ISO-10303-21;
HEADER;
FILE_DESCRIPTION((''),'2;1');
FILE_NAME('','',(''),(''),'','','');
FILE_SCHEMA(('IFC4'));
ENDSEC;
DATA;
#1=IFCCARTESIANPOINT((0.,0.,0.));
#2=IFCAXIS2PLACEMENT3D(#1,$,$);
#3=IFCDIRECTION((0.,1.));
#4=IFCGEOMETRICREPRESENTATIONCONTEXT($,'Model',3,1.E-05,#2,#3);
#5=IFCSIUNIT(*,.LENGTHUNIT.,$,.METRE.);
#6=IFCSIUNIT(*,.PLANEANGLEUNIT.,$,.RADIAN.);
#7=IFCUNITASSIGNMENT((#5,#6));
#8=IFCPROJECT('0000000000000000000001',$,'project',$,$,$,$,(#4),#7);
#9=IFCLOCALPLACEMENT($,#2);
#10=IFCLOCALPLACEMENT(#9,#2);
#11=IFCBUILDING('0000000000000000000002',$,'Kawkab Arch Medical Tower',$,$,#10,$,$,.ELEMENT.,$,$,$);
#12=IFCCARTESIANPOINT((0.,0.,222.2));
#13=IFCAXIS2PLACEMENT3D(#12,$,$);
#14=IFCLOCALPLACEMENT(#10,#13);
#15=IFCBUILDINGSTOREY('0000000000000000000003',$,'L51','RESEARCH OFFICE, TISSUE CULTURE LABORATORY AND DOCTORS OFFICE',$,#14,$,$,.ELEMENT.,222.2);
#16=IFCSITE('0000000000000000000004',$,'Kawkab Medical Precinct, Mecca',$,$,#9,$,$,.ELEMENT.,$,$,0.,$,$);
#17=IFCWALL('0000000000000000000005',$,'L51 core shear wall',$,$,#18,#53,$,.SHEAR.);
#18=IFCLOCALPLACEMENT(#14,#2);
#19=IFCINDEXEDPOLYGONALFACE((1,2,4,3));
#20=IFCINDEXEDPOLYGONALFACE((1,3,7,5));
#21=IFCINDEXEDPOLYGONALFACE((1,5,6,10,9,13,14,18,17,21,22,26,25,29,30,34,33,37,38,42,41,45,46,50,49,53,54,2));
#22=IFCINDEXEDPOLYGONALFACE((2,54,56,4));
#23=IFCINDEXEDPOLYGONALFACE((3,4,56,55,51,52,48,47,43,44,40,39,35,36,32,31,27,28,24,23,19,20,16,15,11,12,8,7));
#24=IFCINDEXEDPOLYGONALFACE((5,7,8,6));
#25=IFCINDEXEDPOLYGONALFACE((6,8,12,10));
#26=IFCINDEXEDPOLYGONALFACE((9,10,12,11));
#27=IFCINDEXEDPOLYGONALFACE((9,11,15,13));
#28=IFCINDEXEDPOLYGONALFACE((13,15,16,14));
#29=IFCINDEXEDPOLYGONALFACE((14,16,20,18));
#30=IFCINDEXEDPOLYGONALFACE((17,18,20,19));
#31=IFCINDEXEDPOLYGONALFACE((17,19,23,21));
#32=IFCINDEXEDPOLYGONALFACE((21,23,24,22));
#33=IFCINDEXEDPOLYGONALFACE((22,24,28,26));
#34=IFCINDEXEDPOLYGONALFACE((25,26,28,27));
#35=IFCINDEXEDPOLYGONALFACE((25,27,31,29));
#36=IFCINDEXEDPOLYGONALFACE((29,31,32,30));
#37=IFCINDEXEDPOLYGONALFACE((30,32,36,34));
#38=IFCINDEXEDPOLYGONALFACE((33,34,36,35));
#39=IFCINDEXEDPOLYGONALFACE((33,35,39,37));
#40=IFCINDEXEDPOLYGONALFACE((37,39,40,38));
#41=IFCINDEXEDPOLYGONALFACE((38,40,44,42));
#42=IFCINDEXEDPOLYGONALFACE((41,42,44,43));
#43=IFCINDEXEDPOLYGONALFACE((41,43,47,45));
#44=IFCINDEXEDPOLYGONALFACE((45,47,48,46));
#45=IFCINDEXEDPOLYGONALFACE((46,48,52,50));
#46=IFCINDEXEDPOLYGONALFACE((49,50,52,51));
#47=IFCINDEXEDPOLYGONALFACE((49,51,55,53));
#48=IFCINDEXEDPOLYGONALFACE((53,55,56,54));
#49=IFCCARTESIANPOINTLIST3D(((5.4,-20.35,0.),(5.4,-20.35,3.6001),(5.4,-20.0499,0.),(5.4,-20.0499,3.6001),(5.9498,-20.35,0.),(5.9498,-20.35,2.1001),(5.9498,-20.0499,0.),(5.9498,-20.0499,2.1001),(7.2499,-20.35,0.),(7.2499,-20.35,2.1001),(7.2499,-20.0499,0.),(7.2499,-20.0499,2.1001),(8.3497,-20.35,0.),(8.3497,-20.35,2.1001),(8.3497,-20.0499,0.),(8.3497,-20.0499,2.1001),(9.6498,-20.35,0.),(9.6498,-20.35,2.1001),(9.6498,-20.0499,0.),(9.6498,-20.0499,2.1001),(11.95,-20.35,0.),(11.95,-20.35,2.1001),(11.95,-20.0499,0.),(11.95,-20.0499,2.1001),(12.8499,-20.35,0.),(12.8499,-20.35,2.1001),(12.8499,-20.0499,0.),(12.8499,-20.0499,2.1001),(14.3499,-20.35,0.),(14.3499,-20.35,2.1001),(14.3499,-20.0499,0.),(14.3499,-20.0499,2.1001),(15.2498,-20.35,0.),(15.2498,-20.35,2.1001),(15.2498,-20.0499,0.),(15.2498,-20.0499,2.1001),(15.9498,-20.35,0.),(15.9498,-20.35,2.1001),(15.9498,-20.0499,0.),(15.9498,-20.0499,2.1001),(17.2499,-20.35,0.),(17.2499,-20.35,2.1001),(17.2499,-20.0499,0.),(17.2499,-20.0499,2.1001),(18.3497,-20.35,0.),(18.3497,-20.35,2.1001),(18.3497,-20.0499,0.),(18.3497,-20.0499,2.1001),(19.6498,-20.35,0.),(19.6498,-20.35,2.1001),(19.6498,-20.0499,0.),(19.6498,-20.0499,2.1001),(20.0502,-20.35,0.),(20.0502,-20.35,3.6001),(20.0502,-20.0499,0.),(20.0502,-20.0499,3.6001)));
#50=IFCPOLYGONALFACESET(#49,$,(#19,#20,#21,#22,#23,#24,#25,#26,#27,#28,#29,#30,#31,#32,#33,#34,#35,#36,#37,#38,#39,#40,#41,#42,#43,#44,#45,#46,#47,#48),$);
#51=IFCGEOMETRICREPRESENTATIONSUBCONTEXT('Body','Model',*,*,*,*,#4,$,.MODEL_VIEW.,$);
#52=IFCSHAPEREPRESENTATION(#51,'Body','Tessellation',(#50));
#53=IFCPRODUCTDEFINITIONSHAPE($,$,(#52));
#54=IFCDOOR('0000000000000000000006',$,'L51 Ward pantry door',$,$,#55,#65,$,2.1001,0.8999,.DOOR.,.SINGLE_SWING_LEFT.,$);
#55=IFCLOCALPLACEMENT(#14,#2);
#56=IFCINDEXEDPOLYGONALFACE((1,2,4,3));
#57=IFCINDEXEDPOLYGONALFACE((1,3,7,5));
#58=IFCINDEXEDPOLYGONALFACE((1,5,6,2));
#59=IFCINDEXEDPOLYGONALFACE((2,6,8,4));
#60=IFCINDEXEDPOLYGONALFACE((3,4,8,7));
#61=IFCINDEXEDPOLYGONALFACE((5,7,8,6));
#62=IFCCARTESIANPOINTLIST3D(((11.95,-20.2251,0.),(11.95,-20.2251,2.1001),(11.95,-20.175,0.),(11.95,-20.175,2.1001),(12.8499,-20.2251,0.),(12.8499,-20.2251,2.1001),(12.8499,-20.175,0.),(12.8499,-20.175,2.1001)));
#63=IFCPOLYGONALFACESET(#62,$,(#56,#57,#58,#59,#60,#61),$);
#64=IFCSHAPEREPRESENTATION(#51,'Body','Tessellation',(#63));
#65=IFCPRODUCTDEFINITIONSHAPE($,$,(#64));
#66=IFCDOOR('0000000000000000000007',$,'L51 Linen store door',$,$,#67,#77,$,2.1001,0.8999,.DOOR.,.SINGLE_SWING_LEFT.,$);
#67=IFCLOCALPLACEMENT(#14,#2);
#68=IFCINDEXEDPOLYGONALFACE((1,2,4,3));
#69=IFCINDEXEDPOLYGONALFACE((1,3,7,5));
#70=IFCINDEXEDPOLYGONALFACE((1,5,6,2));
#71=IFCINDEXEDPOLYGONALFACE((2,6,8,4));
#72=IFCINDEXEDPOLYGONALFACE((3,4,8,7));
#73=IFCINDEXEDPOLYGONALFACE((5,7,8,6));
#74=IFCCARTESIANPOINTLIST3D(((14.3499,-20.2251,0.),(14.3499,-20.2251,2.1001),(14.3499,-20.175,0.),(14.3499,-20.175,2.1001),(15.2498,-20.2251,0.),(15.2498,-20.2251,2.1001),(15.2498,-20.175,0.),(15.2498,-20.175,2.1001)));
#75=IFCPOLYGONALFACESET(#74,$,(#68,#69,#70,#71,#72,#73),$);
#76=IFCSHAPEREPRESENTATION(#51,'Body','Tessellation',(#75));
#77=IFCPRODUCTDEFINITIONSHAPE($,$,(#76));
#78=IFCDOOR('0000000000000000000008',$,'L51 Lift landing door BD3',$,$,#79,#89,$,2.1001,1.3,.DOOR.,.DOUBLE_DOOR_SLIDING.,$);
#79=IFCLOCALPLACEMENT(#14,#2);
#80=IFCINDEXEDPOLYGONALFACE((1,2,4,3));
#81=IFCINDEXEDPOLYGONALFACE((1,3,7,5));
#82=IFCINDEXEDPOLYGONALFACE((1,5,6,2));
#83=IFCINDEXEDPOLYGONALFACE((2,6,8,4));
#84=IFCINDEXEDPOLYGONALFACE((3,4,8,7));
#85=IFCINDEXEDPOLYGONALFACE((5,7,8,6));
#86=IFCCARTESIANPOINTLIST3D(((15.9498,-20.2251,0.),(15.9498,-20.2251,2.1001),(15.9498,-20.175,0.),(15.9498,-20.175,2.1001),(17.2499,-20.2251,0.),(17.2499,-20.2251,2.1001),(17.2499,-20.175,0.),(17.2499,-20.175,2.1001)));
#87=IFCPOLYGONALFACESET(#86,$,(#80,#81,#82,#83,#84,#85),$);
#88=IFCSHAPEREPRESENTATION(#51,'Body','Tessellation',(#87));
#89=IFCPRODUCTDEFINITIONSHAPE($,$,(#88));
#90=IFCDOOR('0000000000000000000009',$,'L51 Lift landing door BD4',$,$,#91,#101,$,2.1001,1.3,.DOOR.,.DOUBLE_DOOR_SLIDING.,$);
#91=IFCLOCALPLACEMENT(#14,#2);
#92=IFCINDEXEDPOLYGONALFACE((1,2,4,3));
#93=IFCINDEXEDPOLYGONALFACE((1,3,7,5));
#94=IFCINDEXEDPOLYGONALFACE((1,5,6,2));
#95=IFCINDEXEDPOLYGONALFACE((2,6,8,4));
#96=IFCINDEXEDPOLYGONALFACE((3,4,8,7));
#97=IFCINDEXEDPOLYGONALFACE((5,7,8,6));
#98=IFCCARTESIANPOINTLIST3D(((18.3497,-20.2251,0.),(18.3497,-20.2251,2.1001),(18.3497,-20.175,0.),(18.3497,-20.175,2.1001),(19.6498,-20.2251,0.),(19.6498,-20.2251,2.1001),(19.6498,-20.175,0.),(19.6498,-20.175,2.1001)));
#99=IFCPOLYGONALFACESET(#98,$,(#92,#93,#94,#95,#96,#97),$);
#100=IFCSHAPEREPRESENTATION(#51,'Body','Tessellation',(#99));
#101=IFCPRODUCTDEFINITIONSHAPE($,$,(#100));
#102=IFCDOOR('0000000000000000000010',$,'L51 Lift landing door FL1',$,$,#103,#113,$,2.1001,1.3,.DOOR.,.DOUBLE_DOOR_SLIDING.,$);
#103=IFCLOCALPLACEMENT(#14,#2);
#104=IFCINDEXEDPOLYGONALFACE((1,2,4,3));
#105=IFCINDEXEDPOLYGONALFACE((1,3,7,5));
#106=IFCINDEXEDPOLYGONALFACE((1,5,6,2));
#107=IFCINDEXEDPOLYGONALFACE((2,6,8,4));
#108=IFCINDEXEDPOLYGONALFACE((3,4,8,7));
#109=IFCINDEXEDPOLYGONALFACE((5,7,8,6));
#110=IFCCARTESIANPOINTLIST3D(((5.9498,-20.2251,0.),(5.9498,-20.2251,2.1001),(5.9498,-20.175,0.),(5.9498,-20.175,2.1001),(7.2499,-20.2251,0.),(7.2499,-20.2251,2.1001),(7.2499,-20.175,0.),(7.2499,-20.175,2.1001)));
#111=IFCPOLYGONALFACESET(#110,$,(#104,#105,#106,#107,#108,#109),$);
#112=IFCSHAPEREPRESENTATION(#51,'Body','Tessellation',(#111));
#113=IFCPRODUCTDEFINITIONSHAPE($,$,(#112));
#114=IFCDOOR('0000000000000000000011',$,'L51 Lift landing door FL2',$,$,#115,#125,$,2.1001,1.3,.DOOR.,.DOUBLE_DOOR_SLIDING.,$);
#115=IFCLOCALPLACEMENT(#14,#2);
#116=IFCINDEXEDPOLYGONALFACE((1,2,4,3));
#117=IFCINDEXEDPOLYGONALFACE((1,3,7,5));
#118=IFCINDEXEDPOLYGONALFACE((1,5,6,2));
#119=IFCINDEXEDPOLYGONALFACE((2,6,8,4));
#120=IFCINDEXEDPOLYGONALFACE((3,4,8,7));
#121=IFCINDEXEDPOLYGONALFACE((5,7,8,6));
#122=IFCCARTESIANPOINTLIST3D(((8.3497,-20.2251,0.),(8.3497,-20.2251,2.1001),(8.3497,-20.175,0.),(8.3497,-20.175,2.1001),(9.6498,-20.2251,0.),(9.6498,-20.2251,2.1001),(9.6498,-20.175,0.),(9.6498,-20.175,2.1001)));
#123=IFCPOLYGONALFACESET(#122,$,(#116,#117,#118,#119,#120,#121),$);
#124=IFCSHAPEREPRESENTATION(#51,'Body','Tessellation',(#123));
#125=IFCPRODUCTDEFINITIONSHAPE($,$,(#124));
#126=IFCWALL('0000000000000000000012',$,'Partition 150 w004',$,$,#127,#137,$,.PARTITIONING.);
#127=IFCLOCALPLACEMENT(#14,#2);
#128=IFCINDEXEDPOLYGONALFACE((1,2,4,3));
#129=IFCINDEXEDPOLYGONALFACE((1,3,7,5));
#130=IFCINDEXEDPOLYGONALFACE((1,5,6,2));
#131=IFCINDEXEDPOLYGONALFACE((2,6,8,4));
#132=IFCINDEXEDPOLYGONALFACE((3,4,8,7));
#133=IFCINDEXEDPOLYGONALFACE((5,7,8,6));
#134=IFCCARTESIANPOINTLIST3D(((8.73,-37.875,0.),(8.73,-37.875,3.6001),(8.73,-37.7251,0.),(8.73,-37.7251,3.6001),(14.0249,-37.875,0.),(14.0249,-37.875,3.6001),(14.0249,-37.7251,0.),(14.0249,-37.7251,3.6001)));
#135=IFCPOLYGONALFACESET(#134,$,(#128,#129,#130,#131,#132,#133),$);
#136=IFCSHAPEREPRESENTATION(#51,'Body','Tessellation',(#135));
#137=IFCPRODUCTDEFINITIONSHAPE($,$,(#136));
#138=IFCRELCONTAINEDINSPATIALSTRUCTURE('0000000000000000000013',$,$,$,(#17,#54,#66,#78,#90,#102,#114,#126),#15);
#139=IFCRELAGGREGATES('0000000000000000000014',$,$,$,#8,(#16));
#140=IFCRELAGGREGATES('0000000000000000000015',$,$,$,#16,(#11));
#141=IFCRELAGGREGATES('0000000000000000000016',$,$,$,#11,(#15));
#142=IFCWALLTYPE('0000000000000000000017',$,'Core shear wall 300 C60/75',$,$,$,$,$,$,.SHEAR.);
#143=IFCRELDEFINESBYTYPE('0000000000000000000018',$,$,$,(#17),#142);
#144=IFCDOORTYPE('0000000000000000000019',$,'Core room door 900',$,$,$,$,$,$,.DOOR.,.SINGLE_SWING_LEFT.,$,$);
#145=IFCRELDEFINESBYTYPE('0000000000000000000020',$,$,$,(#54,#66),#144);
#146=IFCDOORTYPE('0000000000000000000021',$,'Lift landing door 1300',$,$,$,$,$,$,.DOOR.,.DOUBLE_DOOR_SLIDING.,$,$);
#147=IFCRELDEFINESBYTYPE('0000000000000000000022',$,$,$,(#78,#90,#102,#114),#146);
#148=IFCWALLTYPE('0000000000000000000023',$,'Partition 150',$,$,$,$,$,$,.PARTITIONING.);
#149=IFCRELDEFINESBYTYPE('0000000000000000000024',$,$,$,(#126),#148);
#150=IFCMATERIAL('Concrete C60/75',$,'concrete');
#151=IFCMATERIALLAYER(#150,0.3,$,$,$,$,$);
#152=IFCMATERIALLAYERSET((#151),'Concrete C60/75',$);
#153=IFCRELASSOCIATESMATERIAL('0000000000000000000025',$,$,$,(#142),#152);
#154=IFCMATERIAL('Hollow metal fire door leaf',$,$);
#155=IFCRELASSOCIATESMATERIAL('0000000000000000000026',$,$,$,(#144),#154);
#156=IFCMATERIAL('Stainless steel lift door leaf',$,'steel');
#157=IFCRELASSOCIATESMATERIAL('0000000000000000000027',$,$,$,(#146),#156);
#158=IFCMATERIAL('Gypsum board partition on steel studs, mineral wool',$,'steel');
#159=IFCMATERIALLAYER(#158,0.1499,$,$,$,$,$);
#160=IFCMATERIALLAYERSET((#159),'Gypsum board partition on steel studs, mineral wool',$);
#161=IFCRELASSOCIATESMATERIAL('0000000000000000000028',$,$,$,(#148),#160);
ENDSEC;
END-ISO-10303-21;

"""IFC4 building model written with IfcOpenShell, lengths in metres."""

from ifc_helpers import new_model, si_unit, direction, frame, frame_2d, origin, place, context, subcontext, project, spatial, rectangle, extrude, material, layer, layer_set, type_object, element, fill, save


model = new_model("IFC4")

# Units and contexts
model_context = context("Model", 3, precision=1e-05, world=origin(), true_north=direction((0.0, 1.0)))
body_context = subcontext(model_context, "Body", "Model", "MODEL_VIEW")
ifc_project = project(units=[si_unit("LENGTHUNIT", "METRE"), si_unit("PLANEANGLEUNIT", "RADIAN")], contexts=[model_context])

# Site, building, storey
site_placement = place(None, origin())
site = spatial("IfcSite", under=ifc_project, at=site_placement, Name="Kawkab Medical Precinct, Mecca", CompositionType="ELEMENT", RefElevation=0.0)
building_placement = place(site_placement, origin())
building = spatial("IfcBuilding", under=site, at=building_placement, Name="Kawkab Arch Medical Tower", CompositionType="ELEMENT")
storey_placement = place(building_placement, frame((0.0, 0.0, 222.2)))
storey = spatial("IfcBuildingStorey", under=building, at=storey_placement, Name="L51", Description="RESEARCH OFFICE, TISSUE CULTURE LABORATORY AND DOCTORS OFFICE", CompositionType="ELEMENT", Elevation=222.2)

# Wall, openings, doors
ifc_material_1 = material(Name="Concrete C60/75", Category="concrete")
ifc_layer_1 = layer(ifc_material_1, 0.3)
ifc_layer_set_1 = layer_set([ifc_layer_1], Name="Concrete C60/75")
wall_type_1 = type_object("IfcWallType", Name="Core shear wall 300 C60/75", PredefinedType="SHEAR", material=ifc_layer_set_1)
wall_1_placement = place(storey_placement, frame((5.3999, -20.2, 0.0), z_axis=(0.0, 0.0, 1.0), x_axis=(1.0, 0.0, 0.0)))
wall_1 = element("IfcWall", 1, at=wall_1_placement, inside=storey, type_object=wall_type_1, Name="L51 core shear wall", PredefinedType="SHEAR", context=body_context, shape_type="SweptSolid", body=[
    extrude(rectangle(XDim=14.6501, YDim=0.3, at=frame_2d((7.3252, 0.0))), origin(), (0.0, 0.0, 1.0), 3.6001),
])
opening_1_placement = place(wall_1_placement, frame((10.55, 0.0, 0.0)))
opening_1 = element("IfcOpeningElement", 2, at=opening_1_placement, cuts=wall_1, PredefinedType="OPENING", context=body_context, shape_type="SweptSolid", body=[
    extrude(rectangle(XDim=1.3, YDim=2.1001, at=frame_2d((0.6499, 1.05))), frame((0.0, 0.1599, 0.0), z_axis=(0.0, -1.0, 0.0), x_axis=(1.0, 0.0, 0.0)), (0.0, 0.0, 1.0), 0.3201),
])
opening_2_placement = place(wall_1_placement, frame((12.95, 0.0, 0.0)))
opening_2 = element("IfcOpeningElement", 3, at=opening_2_placement, cuts=wall_1, PredefinedType="OPENING", context=body_context, shape_type="SweptSolid", body=[
    extrude(rectangle(XDim=1.3, YDim=2.1001, at=frame_2d((0.6499, 1.05))), frame((0.0, 0.1599, 0.0), z_axis=(0.0, -1.0, 0.0), x_axis=(1.0, 0.0, 0.0)), (0.0, 0.0, 1.0), 0.3201),
])
opening_3_placement = place(wall_1_placement, frame((0.55, 0.0, 0.0)))
opening_3 = element("IfcOpeningElement", 4, at=opening_3_placement, cuts=wall_1, PredefinedType="OPENING", context=body_context, shape_type="SweptSolid", body=[
    extrude(rectangle(XDim=1.3, YDim=2.1001, at=frame_2d((0.6499, 1.05))), frame((0.0, 0.1599, 0.0), z_axis=(0.0, -1.0, 0.0), x_axis=(1.0, 0.0, 0.0)), (0.0, 0.0, 1.0), 0.3201),
])
opening_4_placement = place(wall_1_placement, frame((2.95, 0.0, 0.0)))
opening_4 = element("IfcOpeningElement", 5, at=opening_4_placement, cuts=wall_1, PredefinedType="OPENING", context=body_context, shape_type="SweptSolid", body=[
    extrude(rectangle(XDim=1.3, YDim=2.1001, at=frame_2d((0.6499, 1.05))), frame((0.0, 0.1599, 0.0), z_axis=(0.0, -1.0, 0.0), x_axis=(1.0, 0.0, 0.0)), (0.0, 0.0, 1.0), 0.3201),
])
opening_5_placement = place(wall_1_placement, frame((6.55, 0.0, 0.0)))
opening_5 = element("IfcOpeningElement", 6, at=opening_5_placement, cuts=wall_1, PredefinedType="OPENING", context=body_context, shape_type="SweptSolid", body=[
    extrude(rectangle(XDim=0.8999, YDim=2.1001, at=frame_2d((0.45, 1.05))), frame((0.0, 0.1599, 0.0), z_axis=(0.0, -1.0, 0.0), x_axis=(1.0, 0.0, 0.0)), (0.0, 0.0, 1.0), 0.3201),
])
opening_6_placement = place(wall_1_placement, frame((8.95, 0.0, 0.0)))
opening_6 = element("IfcOpeningElement", 7, at=opening_6_placement, cuts=wall_1, PredefinedType="OPENING", context=body_context, shape_type="SweptSolid", body=[
    extrude(rectangle(XDim=0.8999, YDim=2.1001, at=frame_2d((0.45, 1.05))), frame((0.0, 0.1599, 0.0), z_axis=(0.0, -1.0, 0.0), x_axis=(1.0, 0.0, 0.0)), (0.0, 0.0, 1.0), 0.3201),
])
ifc_material_2 = material(Name="Hollow metal fire door leaf")
door_type_1 = type_object("IfcDoorType", Name="Core room door 900", OperationType="SINGLE_SWING_LEFT", PredefinedType="DOOR", material=ifc_material_2)
door_1_placement = place(opening_5_placement, origin())
door_1 = element("IfcDoor", 8, at=door_1_placement, inside=storey, type_object=door_type_1, Name="L51 Ward pantry door", OperationType="SINGLE_SWING_LEFT", OverallHeight=2.1001, OverallWidth=0.8999, PredefinedType="DOOR", context=body_context, shape_type="SweptSolid", body=[
    extrude(rectangle(XDim=0.8999, YDim=2.1001, at=frame_2d((0.45, 1.05))), frame((0.0, 0.0249, 0.0), z_axis=(0.0, -1.0, 0.0), x_axis=(1.0, 0.0, 0.0)), (0.0, 0.0, 1.0), 0.05),
])
fill(opening_5, door_1)
door_2_placement = place(opening_6_placement, origin())
door_2 = element("IfcDoor", 9, at=door_2_placement, inside=storey, type_object=door_type_1, Name="L51 Linen store door", OperationType="SINGLE_SWING_LEFT", OverallHeight=2.1001, OverallWidth=0.8999, PredefinedType="DOOR", context=body_context, shape_type="SweptSolid", body=[
    extrude(rectangle(XDim=0.8999, YDim=2.1001, at=frame_2d((0.45, 1.05))), frame((0.0, 0.0249, 0.0), z_axis=(0.0, -1.0, 0.0), x_axis=(1.0, 0.0, 0.0)), (0.0, 0.0, 1.0), 0.05),
])
fill(opening_6, door_2)
ifc_material_3 = material(Name="Stainless steel lift door leaf", Category="steel")
door_type_2 = type_object("IfcDoorType", Name="Lift landing door 1300", OperationType="DOUBLE_DOOR_SLIDING", PredefinedType="DOOR", material=ifc_material_3)
door_3_placement = place(opening_1_placement, origin())
door_3 = element("IfcDoor", 10, at=door_3_placement, inside=storey, type_object=door_type_2, Name="L51 Lift landing door BD3", OperationType="DOUBLE_DOOR_SLIDING", OverallHeight=2.1001, OverallWidth=1.3, PredefinedType="DOOR", context=body_context, shape_type="SweptSolid", body=[
    extrude(rectangle(XDim=1.3, YDim=2.1001, at=frame_2d((0.6499, 1.05))), frame((0.0, 0.0249, 0.0), z_axis=(0.0, -1.0, 0.0), x_axis=(1.0, 0.0, 0.0)), (0.0, 0.0, 1.0), 0.05),
])
fill(opening_1, door_3)
door_4_placement = place(opening_2_placement, origin())
door_4 = element("IfcDoor", 11, at=door_4_placement, inside=storey, type_object=door_type_2, Name="L51 Lift landing door BD4", OperationType="DOUBLE_DOOR_SLIDING", OverallHeight=2.1001, OverallWidth=1.3, PredefinedType="DOOR", context=body_context, shape_type="SweptSolid", body=[
    extrude(rectangle(XDim=1.3, YDim=2.1001, at=frame_2d((0.6499, 1.05))), frame((0.0, 0.0249, 0.0), z_axis=(0.0, -1.0, 0.0), x_axis=(1.0, 0.0, 0.0)), (0.0, 0.0, 1.0), 0.05),
])
fill(opening_2, door_4)
door_5_placement = place(opening_3_placement, origin())
door_5 = element("IfcDoor", 12, at=door_5_placement, inside=storey, type_object=door_type_2, Name="L51 Lift landing door FL1", OperationType="DOUBLE_DOOR_SLIDING", OverallHeight=2.1001, OverallWidth=1.3, PredefinedType="DOOR", context=body_context, shape_type="SweptSolid", body=[
    extrude(rectangle(XDim=1.3, YDim=2.1001, at=frame_2d((0.6499, 1.05))), frame((0.0, 0.0249, 0.0), z_axis=(0.0, -1.0, 0.0), x_axis=(1.0, 0.0, 0.0)), (0.0, 0.0, 1.0), 0.05),
])
fill(opening_3, door_5)
door_6_placement = place(opening_4_placement, origin())
door_6 = element("IfcDoor", 13, at=door_6_placement, inside=storey, type_object=door_type_2, Name="L51 Lift landing door FL2", OperationType="DOUBLE_DOOR_SLIDING", OverallHeight=2.1001, OverallWidth=1.3, PredefinedType="DOOR", context=body_context, shape_type="SweptSolid", body=[
    extrude(rectangle(XDim=1.3, YDim=2.1001, at=frame_2d((0.6499, 1.05))), frame((0.0, 0.0249, 0.0), z_axis=(0.0, -1.0, 0.0), x_axis=(1.0, 0.0, 0.0)), (0.0, 0.0, 1.0), 0.05),
])
fill(opening_4, door_6)

# Wall
ifc_material_4 = material(Name="Gypsum board partition on steel studs, mineral wool", Category="steel")
ifc_layer_2 = layer(ifc_material_4, 0.1499)
ifc_layer_set_2 = layer_set([ifc_layer_2], Name="Gypsum board partition on steel studs, mineral wool")
wall_type_2 = type_object("IfcWallType", Name="Partition 150", PredefinedType="PARTITIONING", material=ifc_layer_set_2)
wall_2_placement = place(storey_placement, frame((8.73, -37.8, 0.0), z_axis=(0.0, 0.0, 1.0), x_axis=(1.0, 0.0, 0.0)))
element("IfcWall", 14, at=wall_2_placement, inside=storey, type_object=wall_type_2, Name="Partition 150 w004", PredefinedType="PARTITIONING", context=body_context, shape_type="SweptSolid", body=[
    extrude(rectangle(XDim=5.2949, YDim=0.1499, at=frame_2d((2.6475, 0.0))), origin(), (0.0, 0.0, 1.0), 3.6001),
])

save(model, "model.ifc")
